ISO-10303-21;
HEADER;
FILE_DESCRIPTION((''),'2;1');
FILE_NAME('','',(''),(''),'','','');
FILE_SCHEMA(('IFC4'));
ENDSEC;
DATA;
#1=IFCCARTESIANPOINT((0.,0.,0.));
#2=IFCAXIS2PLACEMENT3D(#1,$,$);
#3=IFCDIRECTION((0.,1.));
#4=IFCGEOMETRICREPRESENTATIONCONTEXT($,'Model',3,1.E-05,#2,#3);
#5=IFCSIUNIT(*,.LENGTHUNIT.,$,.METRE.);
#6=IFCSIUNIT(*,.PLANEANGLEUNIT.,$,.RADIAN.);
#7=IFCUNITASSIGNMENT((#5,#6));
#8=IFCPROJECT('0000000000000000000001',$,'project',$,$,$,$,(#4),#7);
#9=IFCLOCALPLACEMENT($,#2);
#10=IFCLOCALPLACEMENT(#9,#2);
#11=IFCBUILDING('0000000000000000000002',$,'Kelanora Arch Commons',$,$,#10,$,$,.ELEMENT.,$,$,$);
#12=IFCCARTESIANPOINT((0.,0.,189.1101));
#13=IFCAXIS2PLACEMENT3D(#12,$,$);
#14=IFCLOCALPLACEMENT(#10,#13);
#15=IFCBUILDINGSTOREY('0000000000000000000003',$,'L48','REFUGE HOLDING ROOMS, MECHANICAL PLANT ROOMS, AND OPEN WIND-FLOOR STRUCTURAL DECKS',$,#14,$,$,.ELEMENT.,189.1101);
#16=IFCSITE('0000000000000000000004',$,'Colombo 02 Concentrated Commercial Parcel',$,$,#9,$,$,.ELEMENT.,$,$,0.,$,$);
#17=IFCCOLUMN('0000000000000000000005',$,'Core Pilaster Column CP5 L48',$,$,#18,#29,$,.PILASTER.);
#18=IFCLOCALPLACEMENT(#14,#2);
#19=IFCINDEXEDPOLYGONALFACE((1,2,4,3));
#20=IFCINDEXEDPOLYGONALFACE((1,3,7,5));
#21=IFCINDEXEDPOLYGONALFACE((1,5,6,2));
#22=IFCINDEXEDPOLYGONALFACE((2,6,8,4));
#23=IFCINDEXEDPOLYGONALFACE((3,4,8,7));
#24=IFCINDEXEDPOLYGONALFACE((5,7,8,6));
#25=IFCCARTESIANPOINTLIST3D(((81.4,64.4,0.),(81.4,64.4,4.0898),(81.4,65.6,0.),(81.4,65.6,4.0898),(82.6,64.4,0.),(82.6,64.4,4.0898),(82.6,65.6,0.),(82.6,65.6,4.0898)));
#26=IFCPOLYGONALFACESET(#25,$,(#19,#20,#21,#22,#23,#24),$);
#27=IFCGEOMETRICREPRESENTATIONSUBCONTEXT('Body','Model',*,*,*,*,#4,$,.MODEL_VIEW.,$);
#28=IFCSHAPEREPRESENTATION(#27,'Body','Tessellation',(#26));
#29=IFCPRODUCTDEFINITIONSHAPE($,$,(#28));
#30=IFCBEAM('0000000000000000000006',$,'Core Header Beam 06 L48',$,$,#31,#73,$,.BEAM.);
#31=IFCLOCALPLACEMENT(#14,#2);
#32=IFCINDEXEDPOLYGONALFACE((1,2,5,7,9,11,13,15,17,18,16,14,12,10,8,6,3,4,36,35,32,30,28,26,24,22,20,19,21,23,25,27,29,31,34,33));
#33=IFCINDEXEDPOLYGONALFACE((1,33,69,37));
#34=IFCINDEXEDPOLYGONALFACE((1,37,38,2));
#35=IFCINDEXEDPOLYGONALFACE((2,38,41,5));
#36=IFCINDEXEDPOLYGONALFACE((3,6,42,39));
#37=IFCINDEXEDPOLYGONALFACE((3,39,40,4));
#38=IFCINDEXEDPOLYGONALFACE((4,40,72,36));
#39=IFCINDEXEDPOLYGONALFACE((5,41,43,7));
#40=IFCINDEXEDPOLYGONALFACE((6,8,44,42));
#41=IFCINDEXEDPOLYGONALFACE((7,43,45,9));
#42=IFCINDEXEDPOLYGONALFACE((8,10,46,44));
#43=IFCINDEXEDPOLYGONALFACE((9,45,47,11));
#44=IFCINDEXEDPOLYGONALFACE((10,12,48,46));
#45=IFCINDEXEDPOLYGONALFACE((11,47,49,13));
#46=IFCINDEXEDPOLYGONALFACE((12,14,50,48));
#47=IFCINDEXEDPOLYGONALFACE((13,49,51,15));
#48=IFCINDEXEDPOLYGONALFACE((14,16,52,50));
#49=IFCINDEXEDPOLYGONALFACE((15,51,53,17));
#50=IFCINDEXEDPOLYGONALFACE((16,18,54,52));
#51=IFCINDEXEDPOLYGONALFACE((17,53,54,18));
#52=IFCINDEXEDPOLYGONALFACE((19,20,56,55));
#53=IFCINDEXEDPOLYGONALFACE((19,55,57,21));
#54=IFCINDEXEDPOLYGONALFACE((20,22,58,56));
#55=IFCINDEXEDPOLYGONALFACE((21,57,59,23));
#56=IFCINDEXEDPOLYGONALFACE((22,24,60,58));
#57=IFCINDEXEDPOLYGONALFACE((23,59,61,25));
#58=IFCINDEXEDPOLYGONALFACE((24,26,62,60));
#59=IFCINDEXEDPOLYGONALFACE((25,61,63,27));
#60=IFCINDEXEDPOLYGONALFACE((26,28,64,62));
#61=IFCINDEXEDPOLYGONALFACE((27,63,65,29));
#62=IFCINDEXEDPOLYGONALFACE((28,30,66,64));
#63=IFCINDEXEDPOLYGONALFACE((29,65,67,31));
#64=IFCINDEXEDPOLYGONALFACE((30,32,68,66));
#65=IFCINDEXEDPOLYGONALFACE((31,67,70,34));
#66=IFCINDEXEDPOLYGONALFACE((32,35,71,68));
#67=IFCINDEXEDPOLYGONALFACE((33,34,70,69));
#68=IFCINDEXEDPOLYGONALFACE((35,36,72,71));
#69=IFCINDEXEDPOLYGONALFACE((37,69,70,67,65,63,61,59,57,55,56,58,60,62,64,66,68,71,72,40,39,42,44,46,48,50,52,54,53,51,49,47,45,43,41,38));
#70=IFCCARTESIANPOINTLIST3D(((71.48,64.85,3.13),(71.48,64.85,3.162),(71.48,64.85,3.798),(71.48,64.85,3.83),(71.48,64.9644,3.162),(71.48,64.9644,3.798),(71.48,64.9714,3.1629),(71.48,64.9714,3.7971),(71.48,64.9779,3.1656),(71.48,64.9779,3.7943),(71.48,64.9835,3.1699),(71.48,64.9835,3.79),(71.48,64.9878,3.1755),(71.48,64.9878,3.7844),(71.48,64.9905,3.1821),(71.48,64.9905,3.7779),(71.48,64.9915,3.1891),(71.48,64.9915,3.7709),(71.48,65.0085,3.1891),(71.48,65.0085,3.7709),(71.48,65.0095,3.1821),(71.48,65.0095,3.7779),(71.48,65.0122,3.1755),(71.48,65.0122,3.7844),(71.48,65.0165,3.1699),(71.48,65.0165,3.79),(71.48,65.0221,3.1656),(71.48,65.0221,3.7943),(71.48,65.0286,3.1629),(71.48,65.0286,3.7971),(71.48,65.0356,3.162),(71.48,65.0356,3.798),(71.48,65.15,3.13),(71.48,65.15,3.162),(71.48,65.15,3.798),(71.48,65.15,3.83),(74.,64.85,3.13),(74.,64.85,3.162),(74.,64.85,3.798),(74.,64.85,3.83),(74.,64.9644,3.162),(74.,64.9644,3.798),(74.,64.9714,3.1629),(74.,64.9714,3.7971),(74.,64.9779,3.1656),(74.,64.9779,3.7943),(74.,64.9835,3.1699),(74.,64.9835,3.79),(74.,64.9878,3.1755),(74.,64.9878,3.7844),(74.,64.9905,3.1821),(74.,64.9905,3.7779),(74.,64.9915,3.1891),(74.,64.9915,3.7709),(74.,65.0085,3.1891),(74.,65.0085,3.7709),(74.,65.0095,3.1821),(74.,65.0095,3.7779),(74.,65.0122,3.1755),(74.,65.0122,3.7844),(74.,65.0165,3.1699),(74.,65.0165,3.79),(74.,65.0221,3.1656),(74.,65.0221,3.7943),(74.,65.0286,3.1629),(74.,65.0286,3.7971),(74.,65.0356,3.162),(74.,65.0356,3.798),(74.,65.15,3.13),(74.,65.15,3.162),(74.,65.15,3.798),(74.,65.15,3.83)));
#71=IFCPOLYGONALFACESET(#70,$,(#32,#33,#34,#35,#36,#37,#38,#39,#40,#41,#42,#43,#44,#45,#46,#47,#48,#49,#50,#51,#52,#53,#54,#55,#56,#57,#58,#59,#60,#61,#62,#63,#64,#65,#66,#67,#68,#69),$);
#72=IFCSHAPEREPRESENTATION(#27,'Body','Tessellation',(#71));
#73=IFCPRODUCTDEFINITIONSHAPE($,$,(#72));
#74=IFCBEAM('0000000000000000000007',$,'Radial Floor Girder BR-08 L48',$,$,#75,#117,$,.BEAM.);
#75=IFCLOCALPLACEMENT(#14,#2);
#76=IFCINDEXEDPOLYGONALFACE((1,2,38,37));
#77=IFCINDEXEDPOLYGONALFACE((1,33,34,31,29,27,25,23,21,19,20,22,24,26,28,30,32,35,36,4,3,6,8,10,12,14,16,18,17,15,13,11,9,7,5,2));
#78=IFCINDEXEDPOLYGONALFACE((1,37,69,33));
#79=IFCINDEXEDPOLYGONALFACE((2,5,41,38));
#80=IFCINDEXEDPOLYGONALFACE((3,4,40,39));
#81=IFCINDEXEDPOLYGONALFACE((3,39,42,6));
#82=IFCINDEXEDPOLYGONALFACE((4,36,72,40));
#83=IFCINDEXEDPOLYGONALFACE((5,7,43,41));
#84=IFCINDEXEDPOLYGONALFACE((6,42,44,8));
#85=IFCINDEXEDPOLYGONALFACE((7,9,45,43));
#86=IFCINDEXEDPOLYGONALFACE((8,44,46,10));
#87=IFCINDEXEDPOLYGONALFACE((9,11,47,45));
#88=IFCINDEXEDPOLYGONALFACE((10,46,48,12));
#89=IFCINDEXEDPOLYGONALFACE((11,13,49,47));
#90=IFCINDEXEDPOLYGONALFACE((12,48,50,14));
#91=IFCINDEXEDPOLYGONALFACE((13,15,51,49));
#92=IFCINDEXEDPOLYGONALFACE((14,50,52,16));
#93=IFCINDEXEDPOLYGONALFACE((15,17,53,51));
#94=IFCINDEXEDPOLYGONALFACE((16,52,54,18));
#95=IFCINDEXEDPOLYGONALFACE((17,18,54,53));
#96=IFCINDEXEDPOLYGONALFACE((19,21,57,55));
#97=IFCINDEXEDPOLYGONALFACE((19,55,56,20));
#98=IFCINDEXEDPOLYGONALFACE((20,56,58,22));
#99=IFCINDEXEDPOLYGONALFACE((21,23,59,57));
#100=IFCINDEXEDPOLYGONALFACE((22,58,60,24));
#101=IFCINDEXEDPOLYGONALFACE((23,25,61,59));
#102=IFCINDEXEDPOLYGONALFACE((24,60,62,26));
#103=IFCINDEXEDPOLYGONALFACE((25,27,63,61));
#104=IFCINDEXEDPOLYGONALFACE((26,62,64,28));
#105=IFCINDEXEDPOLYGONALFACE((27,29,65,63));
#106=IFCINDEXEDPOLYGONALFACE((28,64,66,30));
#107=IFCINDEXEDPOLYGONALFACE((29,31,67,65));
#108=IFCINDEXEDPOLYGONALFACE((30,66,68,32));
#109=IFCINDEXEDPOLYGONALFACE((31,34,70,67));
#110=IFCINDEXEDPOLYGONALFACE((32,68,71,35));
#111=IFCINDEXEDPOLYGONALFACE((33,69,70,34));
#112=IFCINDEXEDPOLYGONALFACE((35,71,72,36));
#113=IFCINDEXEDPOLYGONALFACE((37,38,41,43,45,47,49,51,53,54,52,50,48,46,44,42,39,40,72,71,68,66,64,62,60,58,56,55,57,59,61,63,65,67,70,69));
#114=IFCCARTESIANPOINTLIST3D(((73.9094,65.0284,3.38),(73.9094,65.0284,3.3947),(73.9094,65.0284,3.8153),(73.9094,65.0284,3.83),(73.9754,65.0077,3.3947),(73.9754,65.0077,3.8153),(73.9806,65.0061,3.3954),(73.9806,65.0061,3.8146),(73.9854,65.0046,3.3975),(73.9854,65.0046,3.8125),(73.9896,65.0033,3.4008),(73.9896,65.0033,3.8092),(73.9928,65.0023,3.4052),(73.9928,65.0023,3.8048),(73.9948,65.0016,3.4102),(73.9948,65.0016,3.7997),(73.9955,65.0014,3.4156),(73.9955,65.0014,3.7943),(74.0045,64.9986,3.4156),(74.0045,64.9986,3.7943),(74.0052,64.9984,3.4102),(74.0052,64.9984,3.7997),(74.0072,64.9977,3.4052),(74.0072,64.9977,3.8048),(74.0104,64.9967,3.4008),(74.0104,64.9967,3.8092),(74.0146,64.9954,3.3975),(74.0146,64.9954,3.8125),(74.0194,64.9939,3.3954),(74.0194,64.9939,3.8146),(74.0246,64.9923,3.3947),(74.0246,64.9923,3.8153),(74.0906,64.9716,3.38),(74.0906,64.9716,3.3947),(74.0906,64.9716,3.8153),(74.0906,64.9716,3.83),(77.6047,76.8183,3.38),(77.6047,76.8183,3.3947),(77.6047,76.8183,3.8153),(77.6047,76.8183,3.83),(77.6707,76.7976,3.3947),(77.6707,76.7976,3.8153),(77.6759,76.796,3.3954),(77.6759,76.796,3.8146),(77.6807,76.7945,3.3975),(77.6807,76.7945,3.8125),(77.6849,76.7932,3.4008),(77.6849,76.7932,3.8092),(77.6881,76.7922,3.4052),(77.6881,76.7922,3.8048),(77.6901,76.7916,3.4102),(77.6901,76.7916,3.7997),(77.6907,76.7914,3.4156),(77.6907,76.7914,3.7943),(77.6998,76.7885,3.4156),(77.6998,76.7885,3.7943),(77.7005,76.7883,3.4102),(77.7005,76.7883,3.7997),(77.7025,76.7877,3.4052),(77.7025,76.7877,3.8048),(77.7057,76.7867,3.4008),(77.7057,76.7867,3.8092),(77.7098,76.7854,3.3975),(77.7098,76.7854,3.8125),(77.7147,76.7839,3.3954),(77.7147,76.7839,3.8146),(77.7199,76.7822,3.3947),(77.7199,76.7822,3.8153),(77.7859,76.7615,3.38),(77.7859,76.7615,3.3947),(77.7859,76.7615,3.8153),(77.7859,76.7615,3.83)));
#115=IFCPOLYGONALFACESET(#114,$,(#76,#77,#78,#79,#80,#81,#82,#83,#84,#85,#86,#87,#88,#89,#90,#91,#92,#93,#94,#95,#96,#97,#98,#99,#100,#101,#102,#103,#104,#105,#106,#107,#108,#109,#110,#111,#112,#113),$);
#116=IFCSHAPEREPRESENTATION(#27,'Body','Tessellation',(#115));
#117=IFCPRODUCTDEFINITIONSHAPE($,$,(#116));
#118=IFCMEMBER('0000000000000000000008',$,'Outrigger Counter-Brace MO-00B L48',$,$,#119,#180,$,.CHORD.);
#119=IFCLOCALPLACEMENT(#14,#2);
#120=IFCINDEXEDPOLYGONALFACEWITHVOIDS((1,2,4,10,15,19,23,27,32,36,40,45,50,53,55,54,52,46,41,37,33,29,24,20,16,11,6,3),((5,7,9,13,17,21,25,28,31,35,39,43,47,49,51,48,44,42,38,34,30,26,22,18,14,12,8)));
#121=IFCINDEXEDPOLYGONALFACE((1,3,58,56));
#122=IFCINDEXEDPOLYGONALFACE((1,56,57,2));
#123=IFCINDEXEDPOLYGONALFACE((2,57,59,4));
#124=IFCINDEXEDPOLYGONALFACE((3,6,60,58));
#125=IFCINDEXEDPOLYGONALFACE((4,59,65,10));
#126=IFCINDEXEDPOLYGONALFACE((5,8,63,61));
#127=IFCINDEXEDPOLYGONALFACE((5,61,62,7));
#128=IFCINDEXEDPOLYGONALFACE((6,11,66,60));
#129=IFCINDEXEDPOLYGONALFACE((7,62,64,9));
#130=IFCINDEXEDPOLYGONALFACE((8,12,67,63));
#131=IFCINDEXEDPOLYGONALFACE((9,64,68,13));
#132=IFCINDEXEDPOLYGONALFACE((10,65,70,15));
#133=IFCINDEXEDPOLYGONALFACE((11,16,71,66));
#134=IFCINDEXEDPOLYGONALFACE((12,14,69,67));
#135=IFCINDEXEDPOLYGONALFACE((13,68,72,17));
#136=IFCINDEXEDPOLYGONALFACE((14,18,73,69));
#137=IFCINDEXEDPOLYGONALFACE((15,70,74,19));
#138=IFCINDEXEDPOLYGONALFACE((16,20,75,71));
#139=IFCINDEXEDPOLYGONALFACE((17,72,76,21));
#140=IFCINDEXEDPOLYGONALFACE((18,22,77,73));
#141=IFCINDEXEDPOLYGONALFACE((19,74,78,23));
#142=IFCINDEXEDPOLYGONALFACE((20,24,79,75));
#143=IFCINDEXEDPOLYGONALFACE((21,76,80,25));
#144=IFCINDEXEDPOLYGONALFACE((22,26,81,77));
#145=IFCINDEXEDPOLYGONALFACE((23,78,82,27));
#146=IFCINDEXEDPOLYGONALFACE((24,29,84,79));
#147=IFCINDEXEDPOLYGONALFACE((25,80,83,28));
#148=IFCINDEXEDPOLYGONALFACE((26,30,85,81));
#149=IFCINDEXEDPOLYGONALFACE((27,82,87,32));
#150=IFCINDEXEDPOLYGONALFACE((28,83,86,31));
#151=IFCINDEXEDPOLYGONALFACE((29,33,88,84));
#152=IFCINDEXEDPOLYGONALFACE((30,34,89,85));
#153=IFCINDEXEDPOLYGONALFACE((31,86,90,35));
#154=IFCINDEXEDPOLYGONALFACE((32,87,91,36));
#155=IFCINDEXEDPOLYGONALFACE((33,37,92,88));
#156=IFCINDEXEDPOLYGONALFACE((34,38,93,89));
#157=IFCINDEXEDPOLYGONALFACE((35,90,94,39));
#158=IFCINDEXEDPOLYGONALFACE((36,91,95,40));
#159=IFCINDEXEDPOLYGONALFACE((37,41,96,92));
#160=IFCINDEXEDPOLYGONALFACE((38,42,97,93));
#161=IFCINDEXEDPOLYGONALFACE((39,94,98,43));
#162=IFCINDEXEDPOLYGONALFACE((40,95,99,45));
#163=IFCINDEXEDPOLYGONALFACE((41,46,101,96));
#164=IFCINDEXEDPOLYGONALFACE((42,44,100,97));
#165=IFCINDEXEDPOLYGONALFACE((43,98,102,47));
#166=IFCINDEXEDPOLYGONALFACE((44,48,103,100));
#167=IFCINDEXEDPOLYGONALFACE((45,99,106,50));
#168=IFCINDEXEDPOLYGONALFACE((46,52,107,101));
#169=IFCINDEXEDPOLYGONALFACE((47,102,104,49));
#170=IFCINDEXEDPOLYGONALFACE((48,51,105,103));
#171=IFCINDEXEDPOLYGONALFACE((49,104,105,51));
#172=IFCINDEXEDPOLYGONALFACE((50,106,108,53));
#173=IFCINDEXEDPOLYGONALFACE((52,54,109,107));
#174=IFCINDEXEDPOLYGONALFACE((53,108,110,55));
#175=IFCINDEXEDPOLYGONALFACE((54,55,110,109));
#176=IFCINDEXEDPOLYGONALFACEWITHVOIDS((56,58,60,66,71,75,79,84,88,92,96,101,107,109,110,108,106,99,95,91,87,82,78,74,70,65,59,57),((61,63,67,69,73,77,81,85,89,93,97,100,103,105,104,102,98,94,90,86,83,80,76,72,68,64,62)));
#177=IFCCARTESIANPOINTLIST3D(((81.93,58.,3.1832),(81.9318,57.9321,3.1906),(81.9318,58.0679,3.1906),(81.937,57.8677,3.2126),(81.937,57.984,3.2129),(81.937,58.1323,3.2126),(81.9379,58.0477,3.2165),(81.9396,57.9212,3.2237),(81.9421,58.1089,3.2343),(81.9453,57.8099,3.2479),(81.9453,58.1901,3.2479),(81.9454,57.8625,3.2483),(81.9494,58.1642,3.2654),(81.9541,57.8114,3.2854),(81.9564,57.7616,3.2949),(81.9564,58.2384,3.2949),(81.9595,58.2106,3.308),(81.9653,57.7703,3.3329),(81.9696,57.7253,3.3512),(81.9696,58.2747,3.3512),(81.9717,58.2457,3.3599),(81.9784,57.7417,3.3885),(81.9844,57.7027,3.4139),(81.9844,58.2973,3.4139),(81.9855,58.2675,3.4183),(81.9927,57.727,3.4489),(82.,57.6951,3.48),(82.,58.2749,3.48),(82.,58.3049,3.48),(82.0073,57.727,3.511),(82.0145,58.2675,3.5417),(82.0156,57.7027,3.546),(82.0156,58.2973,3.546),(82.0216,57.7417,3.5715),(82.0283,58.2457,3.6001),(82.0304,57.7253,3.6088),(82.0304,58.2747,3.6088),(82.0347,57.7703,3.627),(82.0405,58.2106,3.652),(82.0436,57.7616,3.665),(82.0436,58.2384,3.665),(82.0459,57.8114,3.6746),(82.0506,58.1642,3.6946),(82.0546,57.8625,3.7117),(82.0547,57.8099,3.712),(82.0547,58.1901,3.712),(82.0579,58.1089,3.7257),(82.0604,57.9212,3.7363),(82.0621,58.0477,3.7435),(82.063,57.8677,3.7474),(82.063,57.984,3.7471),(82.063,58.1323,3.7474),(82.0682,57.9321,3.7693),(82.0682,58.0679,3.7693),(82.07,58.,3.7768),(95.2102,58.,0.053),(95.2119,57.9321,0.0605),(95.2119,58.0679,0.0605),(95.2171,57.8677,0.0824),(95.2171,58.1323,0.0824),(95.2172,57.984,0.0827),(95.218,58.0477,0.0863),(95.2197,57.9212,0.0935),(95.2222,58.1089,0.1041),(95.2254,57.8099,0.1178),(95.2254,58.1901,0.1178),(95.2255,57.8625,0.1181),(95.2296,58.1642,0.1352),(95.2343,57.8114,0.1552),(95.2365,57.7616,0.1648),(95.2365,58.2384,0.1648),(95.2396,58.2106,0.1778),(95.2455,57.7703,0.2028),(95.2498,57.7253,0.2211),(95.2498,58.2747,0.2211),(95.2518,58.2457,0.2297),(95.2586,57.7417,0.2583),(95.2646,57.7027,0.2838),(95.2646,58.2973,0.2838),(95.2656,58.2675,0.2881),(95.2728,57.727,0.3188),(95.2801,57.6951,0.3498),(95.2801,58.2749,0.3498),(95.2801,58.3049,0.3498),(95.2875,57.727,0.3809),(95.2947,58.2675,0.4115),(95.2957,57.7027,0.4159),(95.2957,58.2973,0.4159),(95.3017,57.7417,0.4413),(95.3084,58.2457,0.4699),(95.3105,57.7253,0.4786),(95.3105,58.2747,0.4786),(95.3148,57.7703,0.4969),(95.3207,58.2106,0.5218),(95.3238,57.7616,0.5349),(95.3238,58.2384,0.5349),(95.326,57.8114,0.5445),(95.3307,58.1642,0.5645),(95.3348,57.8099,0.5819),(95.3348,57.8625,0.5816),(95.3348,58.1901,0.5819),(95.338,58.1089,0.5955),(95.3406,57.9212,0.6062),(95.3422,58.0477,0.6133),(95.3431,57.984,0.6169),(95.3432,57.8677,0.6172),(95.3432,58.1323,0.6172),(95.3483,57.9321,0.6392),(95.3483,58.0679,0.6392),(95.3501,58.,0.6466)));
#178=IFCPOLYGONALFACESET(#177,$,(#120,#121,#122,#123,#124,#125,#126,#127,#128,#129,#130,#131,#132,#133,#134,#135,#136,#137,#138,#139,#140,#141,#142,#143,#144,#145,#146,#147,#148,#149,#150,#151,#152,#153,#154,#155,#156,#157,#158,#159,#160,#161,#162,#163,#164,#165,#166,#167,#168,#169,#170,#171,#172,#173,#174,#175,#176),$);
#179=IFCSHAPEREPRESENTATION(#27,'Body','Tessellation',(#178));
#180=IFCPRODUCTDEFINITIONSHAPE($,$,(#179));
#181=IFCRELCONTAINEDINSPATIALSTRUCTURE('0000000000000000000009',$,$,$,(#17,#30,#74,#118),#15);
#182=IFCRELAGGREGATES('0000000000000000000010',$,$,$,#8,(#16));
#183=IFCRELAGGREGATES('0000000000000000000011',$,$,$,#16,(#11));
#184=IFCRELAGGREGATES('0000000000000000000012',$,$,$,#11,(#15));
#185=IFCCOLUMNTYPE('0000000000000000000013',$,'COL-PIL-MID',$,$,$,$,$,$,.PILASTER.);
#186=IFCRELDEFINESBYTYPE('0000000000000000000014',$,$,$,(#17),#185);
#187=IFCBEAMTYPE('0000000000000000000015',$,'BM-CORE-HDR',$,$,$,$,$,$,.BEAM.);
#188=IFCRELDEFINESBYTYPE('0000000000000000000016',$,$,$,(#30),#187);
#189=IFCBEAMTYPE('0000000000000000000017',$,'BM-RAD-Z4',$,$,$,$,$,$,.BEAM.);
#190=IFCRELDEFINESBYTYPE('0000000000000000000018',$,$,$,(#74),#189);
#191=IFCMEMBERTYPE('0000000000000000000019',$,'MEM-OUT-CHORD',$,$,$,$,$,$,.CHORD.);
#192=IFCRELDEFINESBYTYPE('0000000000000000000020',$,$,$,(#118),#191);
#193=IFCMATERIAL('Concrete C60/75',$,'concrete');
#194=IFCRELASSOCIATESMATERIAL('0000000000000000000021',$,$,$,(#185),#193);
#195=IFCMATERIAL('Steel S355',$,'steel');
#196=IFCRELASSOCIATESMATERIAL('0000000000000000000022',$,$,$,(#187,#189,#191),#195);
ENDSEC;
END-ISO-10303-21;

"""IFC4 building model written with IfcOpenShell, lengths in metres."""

from ifc_helpers import new_model, si_unit, direction, frame, origin, origin_2d, place, context, subcontext, project, spatial, rectangle, hollow_circle, i_section, extrude, material, material_profile, profile_set, type_object, element, save


model = new_model("IFC4")

# Units and contexts
model_context = context("Model", 3, precision=1e-05, world=origin(), true_north=direction((0.0, 1.0)))
body_context = subcontext(model_context, "Body", "Model", "MODEL_VIEW")
ifc_project = project(units=[si_unit("LENGTHUNIT", "METRE"), si_unit("PLANEANGLEUNIT", "RADIAN")], contexts=[model_context])

# Site, building, storey
site_placement = place(None, origin())
site = spatial("IfcSite", under=ifc_project, at=site_placement, Name="Colombo 02 Concentrated Commercial Parcel", CompositionType="ELEMENT", RefElevation=0.0)
building_placement = place(site_placement, origin())
building = spatial("IfcBuilding", under=site, at=building_placement, Name="Kelanora Arch Commons", CompositionType="ELEMENT")
storey_placement = place(building_placement, frame((0.0, 0.0, 189.1101)))
storey = spatial("IfcBuildingStorey", under=building, at=storey_placement, Name="L48", Description="REFUGE HOLDING ROOMS, MECHANICAL PLANT ROOMS, AND OPEN WIND-FLOOR STRUCTURAL DECKS", CompositionType="ELEMENT", Elevation=189.1101)

# Column
ifc_material_1 = material(Name="Concrete C60/75", Category="concrete")
ifc_material_profile_1 = material_profile(ifc_material_1, rectangle(XDim=1.2, YDim=1.2, at=origin_2d()), Name="RC1200x1200")
ifc_profile_set_1 = profile_set([ifc_material_profile_1], Name="Concrete C60/75")
column_type = type_object("IfcColumnType", Name="COL-PIL-MID", PredefinedType="PILASTER", material=ifc_profile_set_1)
column_placement = place(storey_placement, frame((82.0, 65.0, 0.0), z_axis=(0.0, 0.0, 1.0), x_axis=(1.0, 0.0, 0.0)))
element("IfcColumn", 1, at=column_placement, inside=storey, type_object=column_type, Name="Core Pilaster Column CP5 L48", PredefinedType="PILASTER", context=body_context, shape_type="SweptSolid", body=[
    extrude(rectangle(XDim=1.2, YDim=1.2, at=origin_2d()), origin(), (0.0, 0.0, 1.0), 4.0898),
])

# Beams
ifc_material_2 = material(Name="Steel S355", Category="steel")
ifc_material_profile_2 = material_profile(ifc_material_2, i_section(OverallWidth=0.3, OverallDepth=0.7, WebThickness=0.0171, FlangeThickness=0.032, FilletRadius=0.0271, at=origin_2d()), Name="HEB700")
ifc_profile_set_2 = profile_set([ifc_material_profile_2], Name="Steel S355")
beam_type_1 = type_object("IfcBeamType", Name="BM-CORE-HDR", PredefinedType="BEAM", material=ifc_profile_set_2)
beam_1_placement = place(storey_placement, frame((74.0, 65.0, 3.48), z_axis=(-1.0, 0.0, 0.0), x_axis=(0.0, -1.0, 0.0)))
element("IfcBeam", 2, at=beam_1_placement, inside=storey, type_object=beam_type_1, Name="Core Header Beam 06 L48", PredefinedType="BEAM", context=body_context, shape_type="SweptSolid", body=[
    extrude(i_section(OverallWidth=0.3, OverallDepth=0.7, WebThickness=0.0171, FlangeThickness=0.032, FilletRadius=0.0271, at=origin_2d()), origin(), (0.0, 0.0, 1.0), 2.52),
])
ifc_material_profile_3 = material_profile(ifc_material_2, i_section(OverallWidth=0.1899, OverallDepth=0.45, WebThickness=0.0095, FlangeThickness=0.0146, FilletRadius=0.021, at=origin_2d()), Name="IPE450")
ifc_profile_set_3 = profile_set([ifc_material_profile_3], Name="Steel S355")
beam_type_2 = type_object("IfcBeamType", Name="BM-RAD-Z4", PredefinedType="BEAM", material=ifc_profile_set_3)
beam_2_placement = place(storey_placement, frame((74.0, 65.0, 3.605), z_axis=(0.29908, 0.954228, 0.0), x_axis=(-0.954228, 0.29908, 0.0)))
element("IfcBeam", 3, at=beam_2_placement, inside=storey, type_object=beam_type_2, Name="Radial Floor Girder BR-08 L48", PredefinedType="BEAM", context=body_context, shape_type="SweptSolid", body=[
    extrude(i_section(OverallWidth=0.1899, OverallDepth=0.45, WebThickness=0.0095, FlangeThickness=0.0146, FilletRadius=0.021, at=origin_2d()), origin(), (0.0, 0.0, 1.0), 12.3555),
])

# Member
ifc_material_profile_4 = material_profile(ifc_material_2, hollow_circle(Radius=0.3049, WallThickness=0.03, at=origin_2d()), Name="CHS610x30")
ifc_profile_set_4 = profile_set([ifc_material_profile_4], Name="Steel S355")
member_type_1 = type_object("IfcMemberType", Name="MEM-OUT-CHORD", PredefinedType="CHORD", material=ifc_profile_set_4)
member_1_placement = place(storey_placement, frame((82.0, 58.0, 3.48), z_axis=(0.973329, 0.0, -0.229415), x_axis=(0.0, 1.0, 0.0)))
element("IfcMember", 4, at=member_1_placement, inside=storey, type_object=member_type_1, Name="Outrigger Counter-Brace MO-00B L48", PredefinedType="CHORD", context=body_context, shape_type="SweptSolid", body=[
    extrude(hollow_circle(Radius=0.3049, WallThickness=0.03, at=origin_2d()), origin(), (0.0, 0.0, 1.0), 13.644),
])

save(model, "model.ifc")
